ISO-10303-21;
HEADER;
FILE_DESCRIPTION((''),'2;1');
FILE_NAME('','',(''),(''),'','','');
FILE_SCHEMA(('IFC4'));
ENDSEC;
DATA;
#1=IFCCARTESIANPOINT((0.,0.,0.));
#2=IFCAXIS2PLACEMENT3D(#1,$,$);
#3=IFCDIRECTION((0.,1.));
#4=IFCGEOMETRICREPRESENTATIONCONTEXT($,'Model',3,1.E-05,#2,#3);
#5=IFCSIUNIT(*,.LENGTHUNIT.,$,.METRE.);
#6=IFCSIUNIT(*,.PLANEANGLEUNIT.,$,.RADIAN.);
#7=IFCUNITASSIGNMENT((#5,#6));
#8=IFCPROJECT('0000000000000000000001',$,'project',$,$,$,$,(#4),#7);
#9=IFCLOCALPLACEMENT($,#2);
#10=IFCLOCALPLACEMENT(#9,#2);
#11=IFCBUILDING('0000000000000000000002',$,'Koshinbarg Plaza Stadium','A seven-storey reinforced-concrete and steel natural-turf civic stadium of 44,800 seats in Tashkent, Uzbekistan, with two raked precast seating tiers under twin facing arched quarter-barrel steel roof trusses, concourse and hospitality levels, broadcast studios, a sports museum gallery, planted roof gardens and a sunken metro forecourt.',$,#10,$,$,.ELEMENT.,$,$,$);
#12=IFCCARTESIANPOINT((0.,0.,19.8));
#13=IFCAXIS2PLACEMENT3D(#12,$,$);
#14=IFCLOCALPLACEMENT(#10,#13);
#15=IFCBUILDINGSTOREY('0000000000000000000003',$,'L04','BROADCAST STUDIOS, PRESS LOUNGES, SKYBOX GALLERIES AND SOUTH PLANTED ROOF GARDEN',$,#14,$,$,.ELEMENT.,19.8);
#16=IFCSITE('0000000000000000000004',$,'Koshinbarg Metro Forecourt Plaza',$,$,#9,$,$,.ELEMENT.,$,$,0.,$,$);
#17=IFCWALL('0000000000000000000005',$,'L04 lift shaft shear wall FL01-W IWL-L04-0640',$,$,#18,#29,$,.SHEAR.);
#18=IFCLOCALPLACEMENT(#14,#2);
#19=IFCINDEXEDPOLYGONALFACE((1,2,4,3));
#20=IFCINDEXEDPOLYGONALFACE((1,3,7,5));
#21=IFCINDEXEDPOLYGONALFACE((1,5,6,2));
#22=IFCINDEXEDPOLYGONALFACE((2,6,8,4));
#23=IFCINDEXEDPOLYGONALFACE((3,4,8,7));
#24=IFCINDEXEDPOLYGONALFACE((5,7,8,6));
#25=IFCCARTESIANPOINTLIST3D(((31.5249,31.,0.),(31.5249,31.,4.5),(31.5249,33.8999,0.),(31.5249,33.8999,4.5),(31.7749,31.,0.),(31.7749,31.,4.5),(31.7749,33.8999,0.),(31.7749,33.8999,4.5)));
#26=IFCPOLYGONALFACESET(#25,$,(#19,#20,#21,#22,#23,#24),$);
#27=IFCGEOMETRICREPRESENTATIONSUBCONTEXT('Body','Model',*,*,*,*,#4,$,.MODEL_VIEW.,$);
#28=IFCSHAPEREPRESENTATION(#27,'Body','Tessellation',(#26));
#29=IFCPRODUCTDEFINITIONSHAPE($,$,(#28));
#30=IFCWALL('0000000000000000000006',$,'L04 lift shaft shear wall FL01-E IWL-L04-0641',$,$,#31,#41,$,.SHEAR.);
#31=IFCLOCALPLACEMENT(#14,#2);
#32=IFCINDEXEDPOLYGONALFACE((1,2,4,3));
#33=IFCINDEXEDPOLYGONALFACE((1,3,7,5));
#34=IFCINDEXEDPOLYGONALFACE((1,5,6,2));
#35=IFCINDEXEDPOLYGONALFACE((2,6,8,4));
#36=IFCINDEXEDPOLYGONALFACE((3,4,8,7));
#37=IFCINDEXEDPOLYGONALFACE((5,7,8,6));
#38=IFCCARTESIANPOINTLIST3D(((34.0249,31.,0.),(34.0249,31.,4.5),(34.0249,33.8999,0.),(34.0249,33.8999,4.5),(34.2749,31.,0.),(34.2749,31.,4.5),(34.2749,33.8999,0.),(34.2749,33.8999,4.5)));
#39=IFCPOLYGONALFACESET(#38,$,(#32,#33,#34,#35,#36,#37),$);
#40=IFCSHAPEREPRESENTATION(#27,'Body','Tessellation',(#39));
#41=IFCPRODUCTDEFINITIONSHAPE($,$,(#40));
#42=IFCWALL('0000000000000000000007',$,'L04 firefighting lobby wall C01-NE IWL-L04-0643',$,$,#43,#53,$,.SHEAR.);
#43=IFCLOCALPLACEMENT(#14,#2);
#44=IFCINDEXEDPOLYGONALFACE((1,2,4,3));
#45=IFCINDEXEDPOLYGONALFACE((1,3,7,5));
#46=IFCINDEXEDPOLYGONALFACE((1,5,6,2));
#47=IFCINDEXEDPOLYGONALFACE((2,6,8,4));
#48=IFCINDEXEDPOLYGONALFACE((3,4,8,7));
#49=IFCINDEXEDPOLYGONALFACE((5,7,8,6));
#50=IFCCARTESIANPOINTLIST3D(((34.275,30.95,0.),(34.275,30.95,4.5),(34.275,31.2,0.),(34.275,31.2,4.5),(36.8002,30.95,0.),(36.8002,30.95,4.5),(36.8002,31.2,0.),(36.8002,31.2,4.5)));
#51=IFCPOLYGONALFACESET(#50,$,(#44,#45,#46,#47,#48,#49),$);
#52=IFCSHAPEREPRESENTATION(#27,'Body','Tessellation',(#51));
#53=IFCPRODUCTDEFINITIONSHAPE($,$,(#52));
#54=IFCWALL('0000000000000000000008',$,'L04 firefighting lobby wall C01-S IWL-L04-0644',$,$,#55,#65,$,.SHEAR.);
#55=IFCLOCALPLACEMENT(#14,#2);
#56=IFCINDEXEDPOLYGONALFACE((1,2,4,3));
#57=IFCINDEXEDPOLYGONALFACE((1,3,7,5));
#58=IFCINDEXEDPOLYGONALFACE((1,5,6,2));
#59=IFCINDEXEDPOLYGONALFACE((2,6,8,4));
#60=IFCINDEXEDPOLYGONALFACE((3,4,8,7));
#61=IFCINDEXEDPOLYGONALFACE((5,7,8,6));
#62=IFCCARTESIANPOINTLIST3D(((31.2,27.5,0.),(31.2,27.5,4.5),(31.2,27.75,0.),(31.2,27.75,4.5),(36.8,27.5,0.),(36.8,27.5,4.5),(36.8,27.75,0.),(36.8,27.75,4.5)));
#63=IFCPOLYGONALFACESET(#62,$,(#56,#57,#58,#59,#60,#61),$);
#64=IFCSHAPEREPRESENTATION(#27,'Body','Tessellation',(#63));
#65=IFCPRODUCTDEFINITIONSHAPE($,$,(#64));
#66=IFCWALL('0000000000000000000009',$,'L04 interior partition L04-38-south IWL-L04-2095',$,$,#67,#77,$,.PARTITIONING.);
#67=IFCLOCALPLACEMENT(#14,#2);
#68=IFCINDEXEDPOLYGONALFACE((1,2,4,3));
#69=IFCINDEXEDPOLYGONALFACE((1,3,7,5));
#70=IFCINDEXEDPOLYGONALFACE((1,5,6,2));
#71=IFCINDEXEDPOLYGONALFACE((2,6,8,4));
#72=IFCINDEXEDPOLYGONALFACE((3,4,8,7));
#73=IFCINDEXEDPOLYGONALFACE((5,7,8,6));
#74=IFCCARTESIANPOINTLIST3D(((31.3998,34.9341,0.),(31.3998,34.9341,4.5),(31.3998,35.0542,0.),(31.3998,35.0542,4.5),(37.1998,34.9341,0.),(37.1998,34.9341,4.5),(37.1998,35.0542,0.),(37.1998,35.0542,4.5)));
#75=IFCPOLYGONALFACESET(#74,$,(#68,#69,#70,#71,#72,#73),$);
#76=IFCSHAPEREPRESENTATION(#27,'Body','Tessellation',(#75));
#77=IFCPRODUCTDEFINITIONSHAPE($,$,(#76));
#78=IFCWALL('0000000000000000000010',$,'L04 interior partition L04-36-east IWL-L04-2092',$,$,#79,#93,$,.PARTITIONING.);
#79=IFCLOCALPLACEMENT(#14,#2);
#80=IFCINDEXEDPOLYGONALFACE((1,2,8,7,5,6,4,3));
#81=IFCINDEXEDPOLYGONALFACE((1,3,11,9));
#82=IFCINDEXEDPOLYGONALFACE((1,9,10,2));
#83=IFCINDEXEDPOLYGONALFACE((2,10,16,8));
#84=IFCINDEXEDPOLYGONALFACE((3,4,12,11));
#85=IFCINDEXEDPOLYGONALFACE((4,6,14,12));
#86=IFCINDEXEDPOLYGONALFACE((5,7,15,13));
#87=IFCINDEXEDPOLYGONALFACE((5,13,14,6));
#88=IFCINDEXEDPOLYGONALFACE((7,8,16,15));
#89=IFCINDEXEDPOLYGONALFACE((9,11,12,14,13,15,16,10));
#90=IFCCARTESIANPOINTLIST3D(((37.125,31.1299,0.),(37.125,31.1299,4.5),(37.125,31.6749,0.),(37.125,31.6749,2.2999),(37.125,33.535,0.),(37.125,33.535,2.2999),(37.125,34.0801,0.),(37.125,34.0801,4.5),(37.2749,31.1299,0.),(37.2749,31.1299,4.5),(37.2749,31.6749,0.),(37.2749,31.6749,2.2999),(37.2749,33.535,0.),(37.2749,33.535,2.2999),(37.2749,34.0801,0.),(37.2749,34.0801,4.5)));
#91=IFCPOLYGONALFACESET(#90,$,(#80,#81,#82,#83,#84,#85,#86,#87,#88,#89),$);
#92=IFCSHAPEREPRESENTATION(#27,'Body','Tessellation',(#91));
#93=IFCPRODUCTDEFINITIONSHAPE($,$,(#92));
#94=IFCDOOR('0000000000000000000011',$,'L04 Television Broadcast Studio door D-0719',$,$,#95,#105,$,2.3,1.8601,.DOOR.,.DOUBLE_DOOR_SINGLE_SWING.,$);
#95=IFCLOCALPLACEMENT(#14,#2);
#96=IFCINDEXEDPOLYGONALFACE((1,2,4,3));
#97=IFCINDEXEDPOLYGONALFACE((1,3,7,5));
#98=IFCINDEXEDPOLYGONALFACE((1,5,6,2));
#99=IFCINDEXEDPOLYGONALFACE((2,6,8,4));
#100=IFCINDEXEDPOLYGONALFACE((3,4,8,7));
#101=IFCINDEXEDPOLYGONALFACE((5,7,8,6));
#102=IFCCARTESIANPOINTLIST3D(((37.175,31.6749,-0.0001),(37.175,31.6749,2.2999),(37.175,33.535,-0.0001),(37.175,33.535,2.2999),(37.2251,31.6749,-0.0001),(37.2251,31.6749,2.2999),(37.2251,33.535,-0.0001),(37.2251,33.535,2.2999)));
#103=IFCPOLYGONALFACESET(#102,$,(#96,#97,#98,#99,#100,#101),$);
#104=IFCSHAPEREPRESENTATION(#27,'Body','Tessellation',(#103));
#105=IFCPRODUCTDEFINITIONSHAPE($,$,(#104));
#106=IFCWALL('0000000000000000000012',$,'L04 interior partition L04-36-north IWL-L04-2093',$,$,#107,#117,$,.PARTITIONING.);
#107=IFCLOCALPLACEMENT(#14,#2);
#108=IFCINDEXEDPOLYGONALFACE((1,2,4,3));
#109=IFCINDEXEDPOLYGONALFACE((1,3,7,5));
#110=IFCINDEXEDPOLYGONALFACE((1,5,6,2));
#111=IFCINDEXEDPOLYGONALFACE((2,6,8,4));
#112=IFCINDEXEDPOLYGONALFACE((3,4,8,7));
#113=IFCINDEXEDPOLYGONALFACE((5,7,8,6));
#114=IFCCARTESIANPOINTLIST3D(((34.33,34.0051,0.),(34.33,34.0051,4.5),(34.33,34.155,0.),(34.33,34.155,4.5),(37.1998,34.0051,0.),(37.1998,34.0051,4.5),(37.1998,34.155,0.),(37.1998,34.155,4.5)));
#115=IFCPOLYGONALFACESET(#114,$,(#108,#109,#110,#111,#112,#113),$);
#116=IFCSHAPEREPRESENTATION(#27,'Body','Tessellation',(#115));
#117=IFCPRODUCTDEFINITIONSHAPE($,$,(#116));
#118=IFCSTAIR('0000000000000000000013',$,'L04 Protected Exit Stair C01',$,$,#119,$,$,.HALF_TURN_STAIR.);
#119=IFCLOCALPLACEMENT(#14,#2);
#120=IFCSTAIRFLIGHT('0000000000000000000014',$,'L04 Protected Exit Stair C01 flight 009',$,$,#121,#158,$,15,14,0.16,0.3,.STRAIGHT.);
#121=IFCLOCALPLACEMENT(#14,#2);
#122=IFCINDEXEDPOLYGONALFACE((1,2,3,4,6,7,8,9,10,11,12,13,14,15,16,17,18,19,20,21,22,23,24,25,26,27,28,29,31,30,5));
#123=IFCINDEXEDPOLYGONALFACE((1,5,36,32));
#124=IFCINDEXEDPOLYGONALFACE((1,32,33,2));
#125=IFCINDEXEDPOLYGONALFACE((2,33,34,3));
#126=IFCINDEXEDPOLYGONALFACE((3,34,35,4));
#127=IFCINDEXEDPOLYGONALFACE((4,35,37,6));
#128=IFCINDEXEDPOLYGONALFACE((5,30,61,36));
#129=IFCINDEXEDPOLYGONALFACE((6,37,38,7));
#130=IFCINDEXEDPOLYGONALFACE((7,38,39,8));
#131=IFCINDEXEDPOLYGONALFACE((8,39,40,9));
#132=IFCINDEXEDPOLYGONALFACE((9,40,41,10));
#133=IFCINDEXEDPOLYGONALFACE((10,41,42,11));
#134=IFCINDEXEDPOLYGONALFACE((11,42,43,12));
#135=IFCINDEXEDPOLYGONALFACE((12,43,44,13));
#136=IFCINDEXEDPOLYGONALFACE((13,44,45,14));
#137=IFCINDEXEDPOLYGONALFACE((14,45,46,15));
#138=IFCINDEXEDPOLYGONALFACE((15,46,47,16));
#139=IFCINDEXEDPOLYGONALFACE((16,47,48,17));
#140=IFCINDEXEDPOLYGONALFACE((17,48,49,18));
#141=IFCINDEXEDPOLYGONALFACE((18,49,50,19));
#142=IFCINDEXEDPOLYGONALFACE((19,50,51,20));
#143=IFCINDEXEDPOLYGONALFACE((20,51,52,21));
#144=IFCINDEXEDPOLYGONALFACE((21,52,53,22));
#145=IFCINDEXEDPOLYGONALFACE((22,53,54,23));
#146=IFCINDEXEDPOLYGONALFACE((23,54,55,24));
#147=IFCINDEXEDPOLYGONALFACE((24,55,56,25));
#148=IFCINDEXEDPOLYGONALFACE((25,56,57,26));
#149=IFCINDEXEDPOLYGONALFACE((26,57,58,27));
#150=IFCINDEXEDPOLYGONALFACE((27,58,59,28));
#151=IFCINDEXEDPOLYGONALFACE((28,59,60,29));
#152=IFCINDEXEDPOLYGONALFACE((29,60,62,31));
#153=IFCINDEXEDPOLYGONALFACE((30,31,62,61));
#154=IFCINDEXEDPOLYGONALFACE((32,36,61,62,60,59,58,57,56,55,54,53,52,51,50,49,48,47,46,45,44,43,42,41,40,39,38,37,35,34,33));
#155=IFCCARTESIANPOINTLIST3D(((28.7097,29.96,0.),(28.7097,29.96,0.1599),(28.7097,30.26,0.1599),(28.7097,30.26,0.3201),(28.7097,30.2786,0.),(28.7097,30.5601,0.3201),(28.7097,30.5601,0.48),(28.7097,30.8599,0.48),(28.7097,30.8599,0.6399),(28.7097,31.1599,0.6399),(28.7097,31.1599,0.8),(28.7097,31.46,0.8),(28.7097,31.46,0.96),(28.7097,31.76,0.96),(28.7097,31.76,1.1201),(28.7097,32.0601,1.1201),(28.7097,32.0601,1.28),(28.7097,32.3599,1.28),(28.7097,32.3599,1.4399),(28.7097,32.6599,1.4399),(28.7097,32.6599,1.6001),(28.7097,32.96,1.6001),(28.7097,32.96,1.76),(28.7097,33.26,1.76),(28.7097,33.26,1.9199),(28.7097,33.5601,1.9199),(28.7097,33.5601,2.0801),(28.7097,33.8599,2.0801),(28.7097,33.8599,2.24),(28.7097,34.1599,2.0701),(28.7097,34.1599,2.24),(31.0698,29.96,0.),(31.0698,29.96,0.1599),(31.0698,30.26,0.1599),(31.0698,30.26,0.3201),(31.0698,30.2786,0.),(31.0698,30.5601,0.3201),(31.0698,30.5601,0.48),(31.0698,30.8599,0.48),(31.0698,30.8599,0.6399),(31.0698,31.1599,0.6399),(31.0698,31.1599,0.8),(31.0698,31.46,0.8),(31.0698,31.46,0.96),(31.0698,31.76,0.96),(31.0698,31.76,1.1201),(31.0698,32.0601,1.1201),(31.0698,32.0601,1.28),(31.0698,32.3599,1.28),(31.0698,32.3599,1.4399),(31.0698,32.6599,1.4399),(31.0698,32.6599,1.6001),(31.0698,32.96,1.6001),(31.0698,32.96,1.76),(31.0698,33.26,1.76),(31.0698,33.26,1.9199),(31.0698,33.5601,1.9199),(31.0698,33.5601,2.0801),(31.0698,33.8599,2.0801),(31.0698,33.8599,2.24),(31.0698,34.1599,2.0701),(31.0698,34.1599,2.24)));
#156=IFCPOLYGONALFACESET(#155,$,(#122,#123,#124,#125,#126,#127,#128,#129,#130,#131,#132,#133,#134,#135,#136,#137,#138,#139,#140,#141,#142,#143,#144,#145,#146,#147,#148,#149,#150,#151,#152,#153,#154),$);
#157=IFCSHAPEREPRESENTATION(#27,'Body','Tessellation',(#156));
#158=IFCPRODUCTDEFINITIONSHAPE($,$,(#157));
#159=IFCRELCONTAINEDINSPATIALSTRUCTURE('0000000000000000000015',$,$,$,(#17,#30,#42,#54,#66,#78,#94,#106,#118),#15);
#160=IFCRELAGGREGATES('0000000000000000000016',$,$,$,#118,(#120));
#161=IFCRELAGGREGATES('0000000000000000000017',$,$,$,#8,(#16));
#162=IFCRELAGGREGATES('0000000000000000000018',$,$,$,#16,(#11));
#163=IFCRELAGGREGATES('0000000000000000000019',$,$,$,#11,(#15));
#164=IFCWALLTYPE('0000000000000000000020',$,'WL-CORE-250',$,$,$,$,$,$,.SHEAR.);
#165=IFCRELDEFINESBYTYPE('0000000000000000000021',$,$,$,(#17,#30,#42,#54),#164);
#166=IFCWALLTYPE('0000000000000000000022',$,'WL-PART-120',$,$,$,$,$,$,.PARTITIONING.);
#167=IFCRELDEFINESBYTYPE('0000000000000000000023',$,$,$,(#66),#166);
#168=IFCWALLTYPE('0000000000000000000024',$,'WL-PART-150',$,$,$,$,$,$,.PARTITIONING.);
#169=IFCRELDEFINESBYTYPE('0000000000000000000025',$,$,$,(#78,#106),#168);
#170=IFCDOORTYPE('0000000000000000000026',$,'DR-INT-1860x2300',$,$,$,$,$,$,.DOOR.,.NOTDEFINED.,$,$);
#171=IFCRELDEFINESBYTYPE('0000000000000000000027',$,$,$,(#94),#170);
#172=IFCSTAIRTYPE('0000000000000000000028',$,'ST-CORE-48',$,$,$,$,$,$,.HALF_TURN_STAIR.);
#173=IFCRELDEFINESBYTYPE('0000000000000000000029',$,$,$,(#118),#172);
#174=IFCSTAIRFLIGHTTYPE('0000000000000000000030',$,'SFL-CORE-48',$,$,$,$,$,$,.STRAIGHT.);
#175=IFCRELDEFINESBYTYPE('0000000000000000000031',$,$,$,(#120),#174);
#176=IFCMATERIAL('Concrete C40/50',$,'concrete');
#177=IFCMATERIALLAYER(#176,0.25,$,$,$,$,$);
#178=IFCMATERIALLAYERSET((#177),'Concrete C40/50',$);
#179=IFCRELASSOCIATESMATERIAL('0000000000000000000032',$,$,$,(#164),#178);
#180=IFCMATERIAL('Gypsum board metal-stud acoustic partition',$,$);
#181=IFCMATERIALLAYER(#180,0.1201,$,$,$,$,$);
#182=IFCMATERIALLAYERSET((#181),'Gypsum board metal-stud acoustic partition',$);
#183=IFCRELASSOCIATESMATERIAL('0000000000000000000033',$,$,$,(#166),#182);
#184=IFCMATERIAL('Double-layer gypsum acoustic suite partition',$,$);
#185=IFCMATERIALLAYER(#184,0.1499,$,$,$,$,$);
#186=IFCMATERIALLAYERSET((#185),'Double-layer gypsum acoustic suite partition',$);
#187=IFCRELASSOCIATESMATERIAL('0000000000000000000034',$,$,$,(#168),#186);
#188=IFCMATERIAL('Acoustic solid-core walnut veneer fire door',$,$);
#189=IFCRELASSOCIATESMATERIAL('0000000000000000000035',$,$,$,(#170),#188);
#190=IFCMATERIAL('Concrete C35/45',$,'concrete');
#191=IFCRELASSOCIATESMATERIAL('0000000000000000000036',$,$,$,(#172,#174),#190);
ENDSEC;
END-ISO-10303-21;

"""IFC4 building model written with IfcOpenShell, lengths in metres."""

from ifc_helpers import new_model, si_unit, direction, frame, frame_2d, origin, place, context, subcontext, project, spatial, polyline, rectangle, outline, extrude, material, layer, layer_set, type_object, element, fill, aggregate, save


model = new_model("IFC4")

# Units and contexts
model_context = context("Model", 3, precision=1e-05, world=origin(), true_north=direction((0.0, 1.0)))
body_context = subcontext(model_context, "Body", "Model", "MODEL_VIEW")
ifc_project = project(units=[si_unit("LENGTHUNIT", "METRE"), si_unit("PLANEANGLEUNIT", "RADIAN")], contexts=[model_context])

# Site, building, storey
site_placement = place(None, origin())
site = spatial("IfcSite", under=ifc_project, at=site_placement, Name="Koshinbarg Metro Forecourt Plaza", CompositionType="ELEMENT", RefElevation=0.0)
building_placement = place(site_placement, origin())
building = spatial("IfcBuilding", under=site, at=building_placement, Name="Koshinbarg Plaza Stadium", Description="A seven-storey reinforced-concrete and steel natural-turf civic stadium of 44,800 seats in Tashkent, Uzbekistan, with two raked precast seating tiers under twin facing arched quarter-barrel steel roof trusses, concourse and hospitality levels, broadcast studios, a sports museum gallery, planted roof gardens and a sunken metro forecourt.", CompositionType="ELEMENT")
storey_placement = place(building_placement, frame((0.0, 0.0, 19.8)))
storey = spatial("IfcBuildingStorey", under=building, at=storey_placement, Name="L04", Description="BROADCAST STUDIOS, PRESS LOUNGES, SKYBOX GALLERIES AND SOUTH PLANTED ROOF GARDEN", CompositionType="ELEMENT", Elevation=19.8)

# Shared definitions
ifc_material_1 = material(Name="Concrete C40/50", Category="concrete")

# Shared definitions
ifc_layer_1 = layer(ifc_material_1, 0.25)
ifc_layer_set_1 = layer_set([ifc_layer_1], Name="Concrete C40/50")
wall_type_1 = type_object("IfcWallType", Name="WL-CORE-250", PredefinedType="SHEAR", material=ifc_layer_set_1)

# Walls
for number, where, z_axis, x_axis, name in (
    (1, (31.6499, 33.8999, 0.0), (0.0, 0.0, 1.0), (0.0, -1.0, 0.0), "L04 lift shaft shear wall FL01-W IWL-L04-0640"),
    (2, (34.1499, 31.0, 0.0), (0.0, 0.0, 1.0), (0.0, 1.0, 0.0), "L04 lift shaft shear wall FL01-E IWL-L04-0641"),
):
    element("IfcWall", number, at=place(storey_placement, frame(where, z_axis=z_axis, x_axis=x_axis)), inside=storey, type_object=wall_type_1, Name=name, PredefinedType="SHEAR", context=body_context, shape_type="SweptSolid", body=[
        extrude(rectangle(XDim=2.8999, YDim=0.25, at=frame_2d((1.45, 0.0))), origin(), (0.0, 0.0, 1.0), 4.5),
    ])

# Walls
wall_1_placement = place(storey_placement, frame((34.2749, 31.075, 0.0), z_axis=(0.0, 0.0, 1.0), x_axis=(1.0, 0.0, 0.0)))
element("IfcWall", 3, at=wall_1_placement, inside=storey, type_object=wall_type_1, Name="L04 firefighting lobby wall C01-NE IWL-L04-0643", PredefinedType="SHEAR", context=body_context, shape_type="SweptSolid", body=[
    extrude(rectangle(XDim=2.5251, YDim=0.25, at=frame_2d((1.2627, 0.0))), origin(), (0.0, 0.0, 1.0), 4.5),
])
wall_2_placement = place(storey_placement, frame((31.2, 27.625, 0.0), z_axis=(0.0, 0.0, 1.0), x_axis=(1.0, 0.0, 0.0)))
element("IfcWall", 4, at=wall_2_placement, inside=storey, type_object=wall_type_1, Name="L04 firefighting lobby wall C01-S IWL-L04-0644", PredefinedType="SHEAR", context=body_context, shape_type="SweptSolid", body=[
    extrude(rectangle(XDim=5.6001, YDim=0.25, at=frame_2d((2.8, 0.0))), origin(), (0.0, 0.0, 1.0), 4.5),
])
ifc_material_2 = material(Name="Gypsum board metal-stud acoustic partition")
ifc_layer_2 = layer(ifc_material_2, 0.1201)
ifc_layer_set_2 = layer_set([ifc_layer_2], Name="Gypsum board metal-stud acoustic partition")
wall_type_2 = type_object("IfcWallType", Name="WL-PART-120", PredefinedType="PARTITIONING", material=ifc_layer_set_2)
wall_3_placement = place(storey_placement, frame((31.3999, 34.9941, 0.0), z_axis=(0.0, 0.0, 1.0), x_axis=(1.0, 0.0, 0.0)))
element("IfcWall", 5, at=wall_3_placement, inside=storey, type_object=wall_type_2, Name="L04 interior partition L04-38-south IWL-L04-2095", PredefinedType="PARTITIONING", context=body_context, shape_type="SweptSolid", body=[
    extrude(rectangle(XDim=5.8, YDim=0.1201, at=frame_2d((2.8999, 0.0))), origin(), (0.0, 0.0, 1.0), 4.5),
])

# Wall, opening, door
ifc_material_3 = material(Name="Double-layer gypsum acoustic suite partition")
ifc_layer_3 = layer(ifc_material_3, 0.1499)
ifc_layer_set_3 = layer_set([ifc_layer_3], Name="Double-layer gypsum acoustic suite partition")
wall_type_3 = type_object("IfcWallType", Name="WL-PART-150", PredefinedType="PARTITIONING", material=ifc_layer_set_3)
wall_4_placement = place(storey_placement, frame((37.2, 31.1299, 0.0), z_axis=(0.0, 0.0, 1.0), x_axis=(0.0, 1.0, 0.0)))
wall_4 = element("IfcWall", 6, at=wall_4_placement, inside=storey, type_object=wall_type_3, Name="L04 interior partition L04-36-east IWL-L04-2092", PredefinedType="PARTITIONING", context=body_context, shape_type="SweptSolid", body=[
    extrude(rectangle(XDim=2.9502, YDim=0.1499, at=frame_2d((1.4751, 0.0))), origin(), (0.0, 0.0, 1.0), 4.5),
])
opening_1_placement = place(wall_4_placement, frame((0.5449, 0.0, 0.0)))
opening_1 = element("IfcOpeningElement", 7, at=opening_1_placement, cuts=wall_4, PredefinedType="OPENING", context=body_context, shape_type="SweptSolid", body=[
    extrude(rectangle(XDim=1.8601, YDim=2.3, at=frame_2d((0.9302, 1.1499))), frame((0.0, 0.085, 0.0), z_axis=(0.0, -1.0, 0.0), x_axis=(1.0, 0.0, 0.0)), (0.0, 0.0, 1.0), 0.1699),
])
ifc_material_4 = material(Name="Acoustic solid-core walnut veneer fire door")
door_type_1 = type_object("IfcDoorType", Name="DR-INT-1860x2300", OperationType="NOTDEFINED", PredefinedType="DOOR", material=ifc_material_4)
door_1_placement = place(opening_1_placement, origin())
door_1 = element("IfcDoor", 8, at=door_1_placement, inside=storey, type_object=door_type_1, Name="L04 Television Broadcast Studio door D-0719", OperationType="DOUBLE_DOOR_SINGLE_SWING", OverallHeight=2.3, OverallWidth=1.8601, PredefinedType="DOOR", context=body_context, shape_type="SweptSolid", body=[
    extrude(rectangle(XDim=1.8601, YDim=2.3, at=frame_2d((0.9302, 1.1499))), frame((0.0, 0.0249, 0.0), z_axis=(0.0, -1.0, 0.0), x_axis=(1.0, 0.0, 0.0)), (0.0, 0.0, 1.0), 0.05),
])
fill(opening_1, door_1)

# Wall
wall_5_placement = place(storey_placement, frame((37.2, 34.0801, 0.0), z_axis=(0.0, 0.0, 1.0), x_axis=(-1.0, 0.0, 0.0)))
element("IfcWall", 9, at=wall_5_placement, inside=storey, type_object=wall_type_3, Name="L04 interior partition L04-36-north IWL-L04-2093", PredefinedType="PARTITIONING", context=body_context, shape_type="SweptSolid", body=[
    extrude(rectangle(XDim=2.8699, YDim=0.1499, at=frame_2d((1.4351, 0.0))), origin(), (0.0, 0.0, 1.0), 4.5),
])

# Stair, stair flight
ifc_material_5 = material(Name="Concrete C35/45", Category="concrete")
stair_type = type_object("IfcStairType", Name="ST-CORE-48", PredefinedType="HALF_TURN_STAIR", material=ifc_material_5)
stair_placement = place(storey_placement, origin())
stair = element("IfcStair", 10, at=stair_placement, inside=storey, type_object=stair_type, Name="L04 Protected Exit Stair C01", PredefinedType="HALF_TURN_STAIR")
stair_flight_type = type_object("IfcStairFlightType", Name="SFL-CORE-48", PredefinedType="STRAIGHT", material=ifc_material_5)
stair_flight_placement = place(storey_placement, frame((29.8899, 29.96, 0.0), z_axis=(0.0, 0.0, 1.0), x_axis=(0.0, 1.0, 0.0)))
stair_flight = element("IfcStairFlight", 11, at=stair_flight_placement, type_object=stair_flight_type, Name="L04 Protected Exit Stair C01 flight 009", NumberOfRisers=15, NumberOfTreads=14, PredefinedType="STRAIGHT", RiserHeight=0.16, TreadLength=0.3, context=body_context, shape_type="SweptSolid", body=[
    extrude(outline(polyline([(0.0, 0.0), (0.0, 0.1599), (0.3, 0.1599), (0.3, 0.3201), (0.6001, 0.3201), (0.6001, 0.48), (0.8999, 0.48), (0.8999, 0.6399), (1.2, 0.6399), (1.2, 0.8), (1.5, 0.8), (1.5, 0.96), (1.8, 0.96), (1.8, 1.1201), (2.1001, 1.1201), (2.1001, 1.28), (2.3999, 1.28), (2.3999, 1.4399), (2.7, 1.4399), (2.7, 1.6001), (3.0, 1.6001), (3.0, 1.76), (3.3, 1.76), (3.3, 1.9199), (3.6001, 1.9199), (3.6001, 2.0801), (3.8999, 2.0801), (3.8999, 2.24), (4.2, 2.24), (4.2, 2.3999), (4.2, 2.0701), (0.3186, 0.0), (0.0, 0.0)])), frame((0.0, 1.1802, 0.0), z_axis=(0.0, -1.0, 0.0), x_axis=(1.0, 0.0, 0.0)), (0.0, 0.0, 1.0), 2.3601),
])
aggregate(stair, [stair_flight])

save(model, "model.ifc")
